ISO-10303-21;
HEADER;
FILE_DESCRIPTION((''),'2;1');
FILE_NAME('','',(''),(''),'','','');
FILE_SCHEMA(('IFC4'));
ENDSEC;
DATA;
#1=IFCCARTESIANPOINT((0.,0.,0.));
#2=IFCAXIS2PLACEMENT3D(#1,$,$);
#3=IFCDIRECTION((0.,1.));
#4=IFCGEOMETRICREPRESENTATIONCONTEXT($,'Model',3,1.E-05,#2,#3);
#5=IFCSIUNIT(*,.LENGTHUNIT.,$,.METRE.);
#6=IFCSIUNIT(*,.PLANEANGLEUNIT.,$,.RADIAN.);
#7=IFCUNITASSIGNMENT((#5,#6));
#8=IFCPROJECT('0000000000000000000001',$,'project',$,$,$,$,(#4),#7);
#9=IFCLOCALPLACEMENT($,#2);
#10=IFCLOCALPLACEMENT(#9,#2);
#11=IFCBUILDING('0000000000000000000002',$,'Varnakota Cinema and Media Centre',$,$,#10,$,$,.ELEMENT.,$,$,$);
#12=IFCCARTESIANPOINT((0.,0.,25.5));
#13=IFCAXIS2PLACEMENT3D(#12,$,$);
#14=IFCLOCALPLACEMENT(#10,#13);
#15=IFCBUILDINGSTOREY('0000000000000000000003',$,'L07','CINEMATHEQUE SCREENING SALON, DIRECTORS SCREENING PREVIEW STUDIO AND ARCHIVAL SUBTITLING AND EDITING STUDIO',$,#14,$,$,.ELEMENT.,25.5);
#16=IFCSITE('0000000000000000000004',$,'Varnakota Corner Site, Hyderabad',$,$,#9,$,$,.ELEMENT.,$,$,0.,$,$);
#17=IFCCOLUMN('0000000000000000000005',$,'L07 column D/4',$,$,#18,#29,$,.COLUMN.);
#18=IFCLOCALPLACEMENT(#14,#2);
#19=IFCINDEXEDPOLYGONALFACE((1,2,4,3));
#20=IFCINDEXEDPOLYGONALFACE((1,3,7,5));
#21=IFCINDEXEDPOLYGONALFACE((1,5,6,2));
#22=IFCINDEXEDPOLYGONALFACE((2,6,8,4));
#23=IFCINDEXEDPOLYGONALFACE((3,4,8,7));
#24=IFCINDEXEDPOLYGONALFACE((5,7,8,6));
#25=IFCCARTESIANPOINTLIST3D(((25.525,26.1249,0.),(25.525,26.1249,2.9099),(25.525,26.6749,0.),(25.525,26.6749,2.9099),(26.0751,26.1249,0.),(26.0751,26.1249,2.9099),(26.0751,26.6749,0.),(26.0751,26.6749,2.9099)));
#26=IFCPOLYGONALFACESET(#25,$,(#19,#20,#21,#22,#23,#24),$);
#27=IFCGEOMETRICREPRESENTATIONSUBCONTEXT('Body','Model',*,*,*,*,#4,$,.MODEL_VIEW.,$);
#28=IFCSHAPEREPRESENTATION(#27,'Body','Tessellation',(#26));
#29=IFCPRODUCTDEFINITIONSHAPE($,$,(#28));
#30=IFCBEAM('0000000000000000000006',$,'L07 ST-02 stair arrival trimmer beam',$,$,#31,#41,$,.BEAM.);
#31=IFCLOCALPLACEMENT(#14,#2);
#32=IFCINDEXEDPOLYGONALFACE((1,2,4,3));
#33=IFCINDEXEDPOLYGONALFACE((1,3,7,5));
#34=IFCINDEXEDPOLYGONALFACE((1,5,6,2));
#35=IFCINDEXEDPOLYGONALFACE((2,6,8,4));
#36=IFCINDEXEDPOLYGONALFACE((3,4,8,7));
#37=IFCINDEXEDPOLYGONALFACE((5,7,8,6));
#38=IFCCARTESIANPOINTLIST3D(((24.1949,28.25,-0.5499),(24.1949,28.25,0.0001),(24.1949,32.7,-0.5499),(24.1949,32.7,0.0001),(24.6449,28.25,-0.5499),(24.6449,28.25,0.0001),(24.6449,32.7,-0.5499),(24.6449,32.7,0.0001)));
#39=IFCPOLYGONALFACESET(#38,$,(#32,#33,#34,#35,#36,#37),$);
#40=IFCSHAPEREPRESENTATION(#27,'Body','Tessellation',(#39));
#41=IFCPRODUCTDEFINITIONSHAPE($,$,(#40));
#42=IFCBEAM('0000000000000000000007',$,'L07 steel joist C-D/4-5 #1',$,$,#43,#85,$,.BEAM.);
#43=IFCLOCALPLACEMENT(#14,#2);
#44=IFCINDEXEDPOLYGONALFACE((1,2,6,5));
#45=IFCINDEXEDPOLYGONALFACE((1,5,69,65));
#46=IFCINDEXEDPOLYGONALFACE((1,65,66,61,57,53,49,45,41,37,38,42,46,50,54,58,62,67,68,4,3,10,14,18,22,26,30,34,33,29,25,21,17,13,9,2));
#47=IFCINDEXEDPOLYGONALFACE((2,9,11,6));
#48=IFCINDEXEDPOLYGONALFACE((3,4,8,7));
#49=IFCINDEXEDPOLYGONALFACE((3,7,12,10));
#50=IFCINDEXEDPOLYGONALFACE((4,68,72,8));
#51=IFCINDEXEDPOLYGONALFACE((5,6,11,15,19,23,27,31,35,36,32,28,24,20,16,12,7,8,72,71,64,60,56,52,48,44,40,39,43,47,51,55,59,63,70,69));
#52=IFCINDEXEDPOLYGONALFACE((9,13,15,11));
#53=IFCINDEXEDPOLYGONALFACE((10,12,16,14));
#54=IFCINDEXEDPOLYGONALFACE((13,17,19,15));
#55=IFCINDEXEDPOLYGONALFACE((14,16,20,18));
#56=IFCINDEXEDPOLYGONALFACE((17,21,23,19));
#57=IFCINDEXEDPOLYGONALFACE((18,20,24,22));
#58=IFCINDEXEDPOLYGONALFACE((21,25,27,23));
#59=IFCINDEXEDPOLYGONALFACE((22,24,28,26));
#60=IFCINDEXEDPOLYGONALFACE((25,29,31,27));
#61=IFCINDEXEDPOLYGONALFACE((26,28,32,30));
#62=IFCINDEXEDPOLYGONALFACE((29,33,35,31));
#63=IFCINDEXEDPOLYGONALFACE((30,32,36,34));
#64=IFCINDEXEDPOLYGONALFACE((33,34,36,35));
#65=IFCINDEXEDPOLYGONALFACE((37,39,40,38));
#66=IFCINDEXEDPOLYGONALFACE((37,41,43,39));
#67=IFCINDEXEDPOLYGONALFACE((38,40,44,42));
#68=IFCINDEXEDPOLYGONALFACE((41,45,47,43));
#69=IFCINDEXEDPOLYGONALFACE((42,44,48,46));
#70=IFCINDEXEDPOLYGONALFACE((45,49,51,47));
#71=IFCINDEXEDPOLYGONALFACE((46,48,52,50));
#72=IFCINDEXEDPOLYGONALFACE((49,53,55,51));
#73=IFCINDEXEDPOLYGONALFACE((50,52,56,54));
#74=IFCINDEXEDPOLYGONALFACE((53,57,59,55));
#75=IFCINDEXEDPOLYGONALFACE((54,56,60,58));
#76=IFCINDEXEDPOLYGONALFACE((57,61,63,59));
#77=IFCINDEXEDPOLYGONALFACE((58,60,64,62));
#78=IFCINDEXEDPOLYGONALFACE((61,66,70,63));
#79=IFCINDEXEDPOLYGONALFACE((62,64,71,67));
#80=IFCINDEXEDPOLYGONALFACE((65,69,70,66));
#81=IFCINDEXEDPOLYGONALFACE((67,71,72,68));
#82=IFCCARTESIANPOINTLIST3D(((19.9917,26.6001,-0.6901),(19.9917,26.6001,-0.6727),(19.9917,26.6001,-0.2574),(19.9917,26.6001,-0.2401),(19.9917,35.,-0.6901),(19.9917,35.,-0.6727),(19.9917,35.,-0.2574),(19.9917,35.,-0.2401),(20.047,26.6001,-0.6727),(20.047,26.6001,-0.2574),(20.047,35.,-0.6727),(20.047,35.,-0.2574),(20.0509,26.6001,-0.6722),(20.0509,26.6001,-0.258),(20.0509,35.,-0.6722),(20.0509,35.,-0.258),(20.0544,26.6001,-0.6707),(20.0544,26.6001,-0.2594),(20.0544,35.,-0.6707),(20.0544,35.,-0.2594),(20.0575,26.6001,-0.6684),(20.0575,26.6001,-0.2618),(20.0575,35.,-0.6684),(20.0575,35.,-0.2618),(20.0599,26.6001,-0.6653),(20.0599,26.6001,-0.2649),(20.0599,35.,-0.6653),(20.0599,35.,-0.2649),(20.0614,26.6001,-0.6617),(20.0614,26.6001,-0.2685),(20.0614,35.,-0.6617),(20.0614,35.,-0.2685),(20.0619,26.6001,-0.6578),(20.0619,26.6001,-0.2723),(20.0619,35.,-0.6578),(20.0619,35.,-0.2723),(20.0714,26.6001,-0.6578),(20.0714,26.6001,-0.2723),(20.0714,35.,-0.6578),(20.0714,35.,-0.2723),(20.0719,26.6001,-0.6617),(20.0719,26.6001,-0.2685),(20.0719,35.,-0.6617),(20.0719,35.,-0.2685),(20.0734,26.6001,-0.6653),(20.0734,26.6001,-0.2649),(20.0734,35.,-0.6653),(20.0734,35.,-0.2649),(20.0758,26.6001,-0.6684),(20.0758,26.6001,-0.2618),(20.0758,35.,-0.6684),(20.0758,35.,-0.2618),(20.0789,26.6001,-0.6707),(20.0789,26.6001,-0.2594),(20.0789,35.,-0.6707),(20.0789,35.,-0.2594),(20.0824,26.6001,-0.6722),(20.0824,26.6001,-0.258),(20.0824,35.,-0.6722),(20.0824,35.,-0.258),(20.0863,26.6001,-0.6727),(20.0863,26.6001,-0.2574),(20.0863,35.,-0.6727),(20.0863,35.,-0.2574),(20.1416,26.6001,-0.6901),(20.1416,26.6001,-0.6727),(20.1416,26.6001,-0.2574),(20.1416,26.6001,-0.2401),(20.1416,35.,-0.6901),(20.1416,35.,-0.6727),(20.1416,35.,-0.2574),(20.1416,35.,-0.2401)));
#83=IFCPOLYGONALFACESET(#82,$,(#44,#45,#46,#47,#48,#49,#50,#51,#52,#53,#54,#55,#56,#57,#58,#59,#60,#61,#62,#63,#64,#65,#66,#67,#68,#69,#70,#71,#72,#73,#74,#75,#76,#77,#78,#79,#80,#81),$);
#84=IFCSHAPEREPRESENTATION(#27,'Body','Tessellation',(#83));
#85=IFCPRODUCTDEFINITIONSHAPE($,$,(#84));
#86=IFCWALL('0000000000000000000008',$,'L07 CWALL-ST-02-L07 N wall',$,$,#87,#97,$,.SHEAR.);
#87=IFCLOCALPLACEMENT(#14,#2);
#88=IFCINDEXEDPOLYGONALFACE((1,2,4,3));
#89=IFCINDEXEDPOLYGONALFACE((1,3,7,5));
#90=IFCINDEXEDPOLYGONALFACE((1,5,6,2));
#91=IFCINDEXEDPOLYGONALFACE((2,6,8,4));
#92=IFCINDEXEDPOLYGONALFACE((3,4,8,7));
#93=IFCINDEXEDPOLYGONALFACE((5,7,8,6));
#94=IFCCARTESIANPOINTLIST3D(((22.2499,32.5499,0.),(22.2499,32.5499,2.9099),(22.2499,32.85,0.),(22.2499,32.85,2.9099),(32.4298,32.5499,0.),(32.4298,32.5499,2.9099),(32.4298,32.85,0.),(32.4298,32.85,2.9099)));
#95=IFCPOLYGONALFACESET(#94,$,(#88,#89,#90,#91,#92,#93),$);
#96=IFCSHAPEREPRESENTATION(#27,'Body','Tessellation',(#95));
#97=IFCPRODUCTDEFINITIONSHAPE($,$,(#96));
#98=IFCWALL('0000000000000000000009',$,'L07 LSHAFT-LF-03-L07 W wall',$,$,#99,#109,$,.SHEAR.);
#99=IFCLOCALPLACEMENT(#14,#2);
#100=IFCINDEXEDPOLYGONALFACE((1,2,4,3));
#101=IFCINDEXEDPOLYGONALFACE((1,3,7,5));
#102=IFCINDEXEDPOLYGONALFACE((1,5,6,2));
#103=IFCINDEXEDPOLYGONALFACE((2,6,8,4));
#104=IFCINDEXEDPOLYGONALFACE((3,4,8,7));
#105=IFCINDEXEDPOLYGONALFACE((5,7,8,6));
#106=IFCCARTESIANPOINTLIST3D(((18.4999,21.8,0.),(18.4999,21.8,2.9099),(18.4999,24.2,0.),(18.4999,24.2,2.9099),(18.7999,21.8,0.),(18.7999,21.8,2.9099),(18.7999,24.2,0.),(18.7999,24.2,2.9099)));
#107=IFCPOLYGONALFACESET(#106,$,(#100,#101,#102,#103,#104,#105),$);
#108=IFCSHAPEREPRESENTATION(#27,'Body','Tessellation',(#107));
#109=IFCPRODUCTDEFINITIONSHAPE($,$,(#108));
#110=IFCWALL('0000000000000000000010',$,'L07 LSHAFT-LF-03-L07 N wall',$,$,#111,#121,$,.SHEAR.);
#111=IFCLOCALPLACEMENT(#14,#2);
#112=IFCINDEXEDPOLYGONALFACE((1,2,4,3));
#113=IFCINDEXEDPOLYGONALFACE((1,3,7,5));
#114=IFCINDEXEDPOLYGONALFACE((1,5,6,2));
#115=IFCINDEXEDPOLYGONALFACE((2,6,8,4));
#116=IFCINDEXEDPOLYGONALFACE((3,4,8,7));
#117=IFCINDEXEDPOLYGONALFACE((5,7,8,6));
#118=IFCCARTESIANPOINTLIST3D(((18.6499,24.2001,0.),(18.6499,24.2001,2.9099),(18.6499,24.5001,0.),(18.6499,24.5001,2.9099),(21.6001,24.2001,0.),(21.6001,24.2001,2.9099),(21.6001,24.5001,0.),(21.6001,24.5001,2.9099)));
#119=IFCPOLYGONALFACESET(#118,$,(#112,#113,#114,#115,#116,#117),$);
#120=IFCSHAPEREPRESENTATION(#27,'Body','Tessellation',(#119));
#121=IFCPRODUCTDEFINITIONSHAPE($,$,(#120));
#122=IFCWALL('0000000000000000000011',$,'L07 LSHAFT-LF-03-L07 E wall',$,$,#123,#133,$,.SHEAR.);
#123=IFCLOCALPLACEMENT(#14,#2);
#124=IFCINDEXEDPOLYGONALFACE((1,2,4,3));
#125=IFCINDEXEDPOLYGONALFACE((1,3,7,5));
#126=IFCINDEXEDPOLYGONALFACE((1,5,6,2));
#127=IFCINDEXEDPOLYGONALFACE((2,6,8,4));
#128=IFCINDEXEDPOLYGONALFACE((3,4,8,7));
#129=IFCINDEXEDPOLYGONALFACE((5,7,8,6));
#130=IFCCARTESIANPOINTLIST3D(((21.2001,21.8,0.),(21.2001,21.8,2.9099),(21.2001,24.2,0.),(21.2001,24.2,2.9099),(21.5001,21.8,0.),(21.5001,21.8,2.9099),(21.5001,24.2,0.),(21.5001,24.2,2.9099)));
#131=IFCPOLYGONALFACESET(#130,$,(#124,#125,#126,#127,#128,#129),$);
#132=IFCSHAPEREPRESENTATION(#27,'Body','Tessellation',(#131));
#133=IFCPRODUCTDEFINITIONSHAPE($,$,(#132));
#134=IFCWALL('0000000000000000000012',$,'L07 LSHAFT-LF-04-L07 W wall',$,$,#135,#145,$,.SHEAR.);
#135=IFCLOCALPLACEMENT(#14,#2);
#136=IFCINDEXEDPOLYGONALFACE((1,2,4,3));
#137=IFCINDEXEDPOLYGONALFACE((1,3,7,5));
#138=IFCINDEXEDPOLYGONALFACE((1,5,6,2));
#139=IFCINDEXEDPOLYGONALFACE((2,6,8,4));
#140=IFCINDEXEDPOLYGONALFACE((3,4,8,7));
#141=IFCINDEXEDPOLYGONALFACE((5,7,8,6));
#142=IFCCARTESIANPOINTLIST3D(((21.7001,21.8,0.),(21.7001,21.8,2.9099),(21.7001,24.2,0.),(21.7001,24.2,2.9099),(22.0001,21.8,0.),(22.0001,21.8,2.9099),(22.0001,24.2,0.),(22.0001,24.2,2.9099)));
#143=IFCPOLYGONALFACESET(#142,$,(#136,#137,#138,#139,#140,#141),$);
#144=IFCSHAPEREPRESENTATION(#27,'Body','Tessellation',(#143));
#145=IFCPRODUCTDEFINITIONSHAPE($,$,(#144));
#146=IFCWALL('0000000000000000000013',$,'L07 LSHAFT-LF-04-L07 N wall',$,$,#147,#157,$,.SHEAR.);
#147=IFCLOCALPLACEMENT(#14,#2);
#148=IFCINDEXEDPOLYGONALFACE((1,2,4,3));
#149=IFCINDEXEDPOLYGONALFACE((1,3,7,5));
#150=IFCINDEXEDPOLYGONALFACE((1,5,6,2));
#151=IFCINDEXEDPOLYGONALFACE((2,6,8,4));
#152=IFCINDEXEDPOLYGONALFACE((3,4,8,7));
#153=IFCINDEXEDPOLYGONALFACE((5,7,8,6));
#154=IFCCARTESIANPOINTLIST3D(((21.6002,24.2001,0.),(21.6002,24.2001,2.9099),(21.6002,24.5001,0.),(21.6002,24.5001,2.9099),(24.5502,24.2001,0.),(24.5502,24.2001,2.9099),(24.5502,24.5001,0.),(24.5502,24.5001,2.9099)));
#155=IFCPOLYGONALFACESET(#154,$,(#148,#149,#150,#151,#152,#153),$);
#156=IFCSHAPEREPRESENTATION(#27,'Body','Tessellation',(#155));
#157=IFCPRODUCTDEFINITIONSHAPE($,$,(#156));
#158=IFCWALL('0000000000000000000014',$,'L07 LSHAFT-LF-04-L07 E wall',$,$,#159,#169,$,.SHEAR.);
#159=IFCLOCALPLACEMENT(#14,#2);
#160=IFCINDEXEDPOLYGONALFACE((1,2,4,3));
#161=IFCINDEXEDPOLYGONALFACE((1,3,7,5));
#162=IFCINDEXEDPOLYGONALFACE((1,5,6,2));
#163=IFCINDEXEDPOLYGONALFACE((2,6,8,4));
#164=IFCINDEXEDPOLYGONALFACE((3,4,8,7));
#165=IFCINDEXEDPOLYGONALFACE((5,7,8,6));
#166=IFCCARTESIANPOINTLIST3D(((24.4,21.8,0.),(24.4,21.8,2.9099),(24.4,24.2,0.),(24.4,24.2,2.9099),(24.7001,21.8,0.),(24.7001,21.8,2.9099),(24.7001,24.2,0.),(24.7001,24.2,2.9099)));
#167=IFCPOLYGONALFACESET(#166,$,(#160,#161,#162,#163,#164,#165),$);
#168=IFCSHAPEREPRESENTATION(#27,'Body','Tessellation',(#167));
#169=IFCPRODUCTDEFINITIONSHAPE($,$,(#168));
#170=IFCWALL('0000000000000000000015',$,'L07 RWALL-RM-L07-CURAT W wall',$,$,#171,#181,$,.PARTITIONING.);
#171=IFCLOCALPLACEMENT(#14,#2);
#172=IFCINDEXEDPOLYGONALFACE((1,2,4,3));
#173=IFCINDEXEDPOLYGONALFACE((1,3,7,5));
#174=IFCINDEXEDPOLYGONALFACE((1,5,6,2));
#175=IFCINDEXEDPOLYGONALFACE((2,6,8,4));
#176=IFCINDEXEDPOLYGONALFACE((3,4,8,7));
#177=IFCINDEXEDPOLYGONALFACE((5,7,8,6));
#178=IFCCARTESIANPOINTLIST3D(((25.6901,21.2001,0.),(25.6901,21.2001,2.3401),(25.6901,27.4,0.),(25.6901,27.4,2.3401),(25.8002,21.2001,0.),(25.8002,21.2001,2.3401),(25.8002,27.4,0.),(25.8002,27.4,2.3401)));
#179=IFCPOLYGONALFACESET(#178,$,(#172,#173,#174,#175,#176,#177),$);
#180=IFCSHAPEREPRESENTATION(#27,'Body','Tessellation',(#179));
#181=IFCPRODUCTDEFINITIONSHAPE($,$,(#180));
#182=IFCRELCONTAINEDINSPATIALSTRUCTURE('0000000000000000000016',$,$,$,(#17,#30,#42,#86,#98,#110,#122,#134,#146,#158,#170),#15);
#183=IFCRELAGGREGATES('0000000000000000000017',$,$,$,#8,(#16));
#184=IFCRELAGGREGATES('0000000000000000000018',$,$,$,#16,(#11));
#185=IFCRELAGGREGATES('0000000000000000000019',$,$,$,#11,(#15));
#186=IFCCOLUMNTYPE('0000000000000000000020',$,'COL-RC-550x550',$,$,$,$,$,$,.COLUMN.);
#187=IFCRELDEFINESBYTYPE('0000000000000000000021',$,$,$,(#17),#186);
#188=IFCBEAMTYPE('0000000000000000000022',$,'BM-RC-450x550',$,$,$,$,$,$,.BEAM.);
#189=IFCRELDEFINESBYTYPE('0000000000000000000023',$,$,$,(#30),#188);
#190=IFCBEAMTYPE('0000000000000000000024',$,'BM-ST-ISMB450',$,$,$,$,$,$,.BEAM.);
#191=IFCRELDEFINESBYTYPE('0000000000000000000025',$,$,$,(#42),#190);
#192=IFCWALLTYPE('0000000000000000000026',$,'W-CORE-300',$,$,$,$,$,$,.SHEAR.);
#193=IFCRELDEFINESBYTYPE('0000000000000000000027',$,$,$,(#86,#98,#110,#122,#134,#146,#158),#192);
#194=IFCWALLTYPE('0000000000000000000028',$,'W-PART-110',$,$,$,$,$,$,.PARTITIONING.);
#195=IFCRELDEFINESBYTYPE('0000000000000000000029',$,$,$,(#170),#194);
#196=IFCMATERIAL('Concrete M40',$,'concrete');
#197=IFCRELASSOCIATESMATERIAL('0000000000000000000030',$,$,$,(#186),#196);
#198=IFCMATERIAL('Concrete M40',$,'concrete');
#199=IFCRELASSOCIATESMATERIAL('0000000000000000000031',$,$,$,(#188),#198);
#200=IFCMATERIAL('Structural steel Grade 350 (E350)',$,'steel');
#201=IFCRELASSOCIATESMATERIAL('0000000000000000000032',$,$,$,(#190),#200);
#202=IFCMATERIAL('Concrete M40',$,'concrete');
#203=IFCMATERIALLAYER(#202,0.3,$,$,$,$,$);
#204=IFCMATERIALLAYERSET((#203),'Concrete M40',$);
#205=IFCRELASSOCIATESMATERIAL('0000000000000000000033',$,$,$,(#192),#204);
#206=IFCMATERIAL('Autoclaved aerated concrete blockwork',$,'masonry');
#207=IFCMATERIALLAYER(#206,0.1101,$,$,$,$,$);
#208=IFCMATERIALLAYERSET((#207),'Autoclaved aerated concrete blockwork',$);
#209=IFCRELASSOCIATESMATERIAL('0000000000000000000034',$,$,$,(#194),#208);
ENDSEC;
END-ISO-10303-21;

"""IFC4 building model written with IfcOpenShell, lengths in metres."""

from ifc_helpers import new_model, si_unit, direction, frame, frame_2d, origin, origin_2d, place, context, subcontext, project, spatial, rectangle, i_section, extrude, material, layer, layer_set, material_profile, profile_set, type_object, element, save


model = new_model("IFC4")

# Units and contexts
model_context = context("Model", 3, precision=1e-05, world=origin(), true_north=direction((0.0, 1.0)))
body_context = subcontext(model_context, "Body", "Model", "MODEL_VIEW")
ifc_project = project(units=[si_unit("LENGTHUNIT", "METRE"), si_unit("PLANEANGLEUNIT", "RADIAN")], contexts=[model_context])

# Site, building, storey
site_placement = place(None, origin())
site = spatial("IfcSite", under=ifc_project, at=site_placement, Name="Varnakota Corner Site, Hyderabad", CompositionType="ELEMENT", RefElevation=0.0)
building_placement = place(site_placement, origin())
building = spatial("IfcBuilding", under=site, at=building_placement, Name="Varnakota Cinema and Media Centre", CompositionType="ELEMENT")
storey_placement = place(building_placement, frame((0.0, 0.0, 25.5)))
storey = spatial("IfcBuildingStorey", under=building, at=storey_placement, Name="L07", Description="CINEMATHEQUE SCREENING SALON, DIRECTORS SCREENING PREVIEW STUDIO AND ARCHIVAL SUBTITLING AND EDITING STUDIO", CompositionType="ELEMENT", Elevation=25.5)

# Column
ifc_material_1 = material(Name="Concrete M40", Category="concrete")
ifc_material_profile_1 = material_profile(ifc_material_1, rectangle(XDim=0.55, YDim=0.55, at=origin_2d()), Name="RC 550x550")
ifc_profile_set_1 = profile_set([ifc_material_profile_1], Name="Concrete M40")
column_type = type_object("IfcColumnType", Name="COL-RC-550x550", PredefinedType="COLUMN", material=ifc_profile_set_1)
column_placement = place(storey_placement, frame((25.8, 26.3999, 0.0), z_axis=(0.0, 0.0, 1.0), x_axis=(1.0, 0.0, 0.0)))
element("IfcColumn", 1, at=column_placement, inside=storey, type_object=column_type, Name="L07 column D/4", PredefinedType="COLUMN", context=body_context, shape_type="SweptSolid", body=[
    extrude(rectangle(XDim=0.55, YDim=0.55, at=origin_2d()), origin(), (0.0, 0.0, 1.0), 2.9099),
])

# Beams
ifc_material_2 = material(Name="Concrete M40", Category="concrete")
ifc_material_profile_2 = material_profile(ifc_material_2, rectangle(XDim=0.45, YDim=0.55, at=origin_2d()), Name="RCB 450x550")
ifc_profile_set_2 = profile_set([ifc_material_profile_2], Name="Concrete M40")
beam_type_1 = type_object("IfcBeamType", Name="BM-RC-450x550", PredefinedType="BEAM", material=ifc_profile_set_2)
beam_1_placement = place(storey_placement, frame((24.4199, 28.25, -0.2749), z_axis=(0.0, 1.0, 0.0), x_axis=(-1.0, 0.0, 0.0)))
element("IfcBeam", 2, at=beam_1_placement, inside=storey, type_object=beam_type_1, Name="L07 ST-02 stair arrival trimmer beam", PredefinedType="BEAM", context=body_context, shape_type="SweptSolid", body=[
    extrude(rectangle(XDim=0.45, YDim=0.55, at=origin_2d()), origin(), (0.0, 0.0, 1.0), 4.45),
])
ifc_material_3 = material(Name="Structural steel Grade 350 (E350)", Category="steel")
ifc_material_profile_3 = material_profile(ifc_material_3, i_section(OverallWidth=0.1499, OverallDepth=0.45, WebThickness=0.0095, FlangeThickness=0.0173, FilletRadius=0.0149, at=origin_2d()), Name="ISMB 450")
ifc_profile_set_3 = profile_set([ifc_material_profile_3], Name="Structural steel Grade 350 (E350)")
beam_type_2 = type_object("IfcBeamType", Name="BM-ST-ISMB450", PredefinedType="BEAM", material=ifc_profile_set_3)
beam_2_placement = place(storey_placement, frame((20.0667, 26.6001, -0.4651), z_axis=(0.0, 1.0, 0.0), x_axis=(-1.0, 0.0, 0.0)))
element("IfcBeam", 3, at=beam_2_placement, inside=storey, type_object=beam_type_2, Name="L07 steel joist C-D/4-5 #1", PredefinedType="BEAM", context=body_context, shape_type="SweptSolid", body=[
    extrude(i_section(OverallWidth=0.1499, OverallDepth=0.45, WebThickness=0.0095, FlangeThickness=0.0173, FilletRadius=0.0149, at=origin_2d()), origin(), (0.0, 0.0, 1.0), 8.3999),
])

# Shared definitions
ifc_material_4 = material(Name="Concrete M40", Category="concrete")
ifc_layer_1 = layer(ifc_material_4, 0.3)
ifc_layer_set_1 = layer_set([ifc_layer_1], Name="Concrete M40")
wall_type_1 = type_object("IfcWallType", Name="W-CORE-300", PredefinedType="SHEAR", material=ifc_layer_set_1)

# Wall
wall_1_placement = place(storey_placement, frame((22.25, 32.7, 0.0), z_axis=(0.0, 0.0, 1.0), x_axis=(1.0, 0.0, 0.0)))
element("IfcWall", 4, at=wall_1_placement, inside=storey, type_object=wall_type_1, Name="L07 CWALL-ST-02-L07 N wall", PredefinedType="SHEAR", context=body_context, shape_type="SweptSolid", body=[
    extrude(rectangle(XDim=10.1799, YDim=0.3, at=frame_2d((5.0898, 0.0))), origin(), (0.0, 0.0, 1.0), 2.9099),
])

# Walls
wall_2_placement = place(storey_placement, frame((18.6499, 21.8, 0.0), z_axis=(0.0, 0.0, 1.0), x_axis=(0.0, 1.0, 0.0)))
element("IfcWall", 5, at=wall_2_placement, inside=storey, type_object=wall_type_1, Name="L07 LSHAFT-LF-03-L07 W wall", PredefinedType="SHEAR", context=body_context, shape_type="SweptSolid", body=[
    extrude(rectangle(XDim=2.3999, YDim=0.3, at=frame_2d((1.2, 0.0))), origin(), (0.0, 0.0, 1.0), 2.9099),
])
wall_3_placement = place(storey_placement, frame((18.6499, 24.3501, 0.0), z_axis=(0.0, 0.0, 1.0), x_axis=(1.0, 0.0, 0.0)))
element("IfcWall", 6, at=wall_3_placement, inside=storey, type_object=wall_type_1, Name="L07 LSHAFT-LF-03-L07 N wall", PredefinedType="SHEAR", context=body_context, shape_type="SweptSolid", body=[
    extrude(rectangle(XDim=2.9502, YDim=0.3, at=frame_2d((1.4751, 0.0))), origin(), (0.0, 0.0, 1.0), 2.9099),
])
wall_4_placement = place(storey_placement, frame((21.3501, 24.2, 0.0), z_axis=(0.0, 0.0, 1.0), x_axis=(0.0, -1.0, 0.0)))
element("IfcWall", 7, at=wall_4_placement, inside=storey, type_object=wall_type_1, Name="L07 LSHAFT-LF-03-L07 E wall", PredefinedType="SHEAR", context=body_context, shape_type="SweptSolid", body=[
    extrude(rectangle(XDim=2.3999, YDim=0.3, at=frame_2d((1.2, 0.0))), origin(), (0.0, 0.0, 1.0), 2.9099),
])

# Walls
wall_5_placement = place(storey_placement, frame((21.8501, 21.8, 0.0), z_axis=(0.0, 0.0, 1.0), x_axis=(0.0, 1.0, 0.0)))
element("IfcWall", 8, at=wall_5_placement, inside=storey, type_object=wall_type_1, Name="L07 LSHAFT-LF-04-L07 W wall", PredefinedType="SHEAR", context=body_context, shape_type="SweptSolid", body=[
    extrude(rectangle(XDim=2.3999, YDim=0.3, at=frame_2d((1.2, 0.0))), origin(), (0.0, 0.0, 1.0), 2.9099),
])
wall_6_placement = place(storey_placement, frame((21.6001, 24.3501, 0.0), z_axis=(0.0, 0.0, 1.0), x_axis=(1.0, 0.0, 0.0)))
element("IfcWall", 9, at=wall_6_placement, inside=storey, type_object=wall_type_1, Name="L07 LSHAFT-LF-04-L07 N wall", PredefinedType="SHEAR", context=body_context, shape_type="SweptSolid", body=[
    extrude(rectangle(XDim=2.95, YDim=0.3, at=frame_2d((1.4751, 0.0))), origin(), (0.0, 0.0, 1.0), 2.9099),
])
wall_7_placement = place(storey_placement, frame((24.55, 24.2, 0.0), z_axis=(0.0, 0.0, 1.0), x_axis=(0.0, -1.0, 0.0)))
element("IfcWall", 10, at=wall_7_placement, inside=storey, type_object=wall_type_1, Name="L07 LSHAFT-LF-04-L07 E wall", PredefinedType="SHEAR", context=body_context, shape_type="SweptSolid", body=[
    extrude(rectangle(XDim=2.3999, YDim=0.3, at=frame_2d((1.2, 0.0))), origin(), (0.0, 0.0, 1.0), 2.9099),
])
ifc_material_5 = material(Name="Autoclaved aerated concrete blockwork", Category="masonry")
ifc_layer_2 = layer(ifc_material_5, 0.1101)
ifc_layer_set_2 = layer_set([ifc_layer_2], Name="Autoclaved aerated concrete blockwork")
wall_type_2 = type_object("IfcWallType", Name="W-PART-110", PredefinedType="PARTITIONING", material=ifc_layer_set_2)
wall_8_placement = place(storey_placement, frame((25.7451, 21.2, 0.0), z_axis=(0.0, 0.0, 1.0), x_axis=(0.0, 1.0, 0.0)))
element("IfcWall", 11, at=wall_8_placement, inside=storey, type_object=wall_type_2, Name="L07 RWALL-RM-L07-CURAT W wall", PredefinedType="PARTITIONING", context=body_context, shape_type="SweptSolid", body=[
    extrude(rectangle(XDim=6.2, YDim=0.1101, at=frame_2d((3.1001, 0.0))), origin(), (0.0, 0.0, 1.0), 2.3401),
])

save(model, "model.ifc")
